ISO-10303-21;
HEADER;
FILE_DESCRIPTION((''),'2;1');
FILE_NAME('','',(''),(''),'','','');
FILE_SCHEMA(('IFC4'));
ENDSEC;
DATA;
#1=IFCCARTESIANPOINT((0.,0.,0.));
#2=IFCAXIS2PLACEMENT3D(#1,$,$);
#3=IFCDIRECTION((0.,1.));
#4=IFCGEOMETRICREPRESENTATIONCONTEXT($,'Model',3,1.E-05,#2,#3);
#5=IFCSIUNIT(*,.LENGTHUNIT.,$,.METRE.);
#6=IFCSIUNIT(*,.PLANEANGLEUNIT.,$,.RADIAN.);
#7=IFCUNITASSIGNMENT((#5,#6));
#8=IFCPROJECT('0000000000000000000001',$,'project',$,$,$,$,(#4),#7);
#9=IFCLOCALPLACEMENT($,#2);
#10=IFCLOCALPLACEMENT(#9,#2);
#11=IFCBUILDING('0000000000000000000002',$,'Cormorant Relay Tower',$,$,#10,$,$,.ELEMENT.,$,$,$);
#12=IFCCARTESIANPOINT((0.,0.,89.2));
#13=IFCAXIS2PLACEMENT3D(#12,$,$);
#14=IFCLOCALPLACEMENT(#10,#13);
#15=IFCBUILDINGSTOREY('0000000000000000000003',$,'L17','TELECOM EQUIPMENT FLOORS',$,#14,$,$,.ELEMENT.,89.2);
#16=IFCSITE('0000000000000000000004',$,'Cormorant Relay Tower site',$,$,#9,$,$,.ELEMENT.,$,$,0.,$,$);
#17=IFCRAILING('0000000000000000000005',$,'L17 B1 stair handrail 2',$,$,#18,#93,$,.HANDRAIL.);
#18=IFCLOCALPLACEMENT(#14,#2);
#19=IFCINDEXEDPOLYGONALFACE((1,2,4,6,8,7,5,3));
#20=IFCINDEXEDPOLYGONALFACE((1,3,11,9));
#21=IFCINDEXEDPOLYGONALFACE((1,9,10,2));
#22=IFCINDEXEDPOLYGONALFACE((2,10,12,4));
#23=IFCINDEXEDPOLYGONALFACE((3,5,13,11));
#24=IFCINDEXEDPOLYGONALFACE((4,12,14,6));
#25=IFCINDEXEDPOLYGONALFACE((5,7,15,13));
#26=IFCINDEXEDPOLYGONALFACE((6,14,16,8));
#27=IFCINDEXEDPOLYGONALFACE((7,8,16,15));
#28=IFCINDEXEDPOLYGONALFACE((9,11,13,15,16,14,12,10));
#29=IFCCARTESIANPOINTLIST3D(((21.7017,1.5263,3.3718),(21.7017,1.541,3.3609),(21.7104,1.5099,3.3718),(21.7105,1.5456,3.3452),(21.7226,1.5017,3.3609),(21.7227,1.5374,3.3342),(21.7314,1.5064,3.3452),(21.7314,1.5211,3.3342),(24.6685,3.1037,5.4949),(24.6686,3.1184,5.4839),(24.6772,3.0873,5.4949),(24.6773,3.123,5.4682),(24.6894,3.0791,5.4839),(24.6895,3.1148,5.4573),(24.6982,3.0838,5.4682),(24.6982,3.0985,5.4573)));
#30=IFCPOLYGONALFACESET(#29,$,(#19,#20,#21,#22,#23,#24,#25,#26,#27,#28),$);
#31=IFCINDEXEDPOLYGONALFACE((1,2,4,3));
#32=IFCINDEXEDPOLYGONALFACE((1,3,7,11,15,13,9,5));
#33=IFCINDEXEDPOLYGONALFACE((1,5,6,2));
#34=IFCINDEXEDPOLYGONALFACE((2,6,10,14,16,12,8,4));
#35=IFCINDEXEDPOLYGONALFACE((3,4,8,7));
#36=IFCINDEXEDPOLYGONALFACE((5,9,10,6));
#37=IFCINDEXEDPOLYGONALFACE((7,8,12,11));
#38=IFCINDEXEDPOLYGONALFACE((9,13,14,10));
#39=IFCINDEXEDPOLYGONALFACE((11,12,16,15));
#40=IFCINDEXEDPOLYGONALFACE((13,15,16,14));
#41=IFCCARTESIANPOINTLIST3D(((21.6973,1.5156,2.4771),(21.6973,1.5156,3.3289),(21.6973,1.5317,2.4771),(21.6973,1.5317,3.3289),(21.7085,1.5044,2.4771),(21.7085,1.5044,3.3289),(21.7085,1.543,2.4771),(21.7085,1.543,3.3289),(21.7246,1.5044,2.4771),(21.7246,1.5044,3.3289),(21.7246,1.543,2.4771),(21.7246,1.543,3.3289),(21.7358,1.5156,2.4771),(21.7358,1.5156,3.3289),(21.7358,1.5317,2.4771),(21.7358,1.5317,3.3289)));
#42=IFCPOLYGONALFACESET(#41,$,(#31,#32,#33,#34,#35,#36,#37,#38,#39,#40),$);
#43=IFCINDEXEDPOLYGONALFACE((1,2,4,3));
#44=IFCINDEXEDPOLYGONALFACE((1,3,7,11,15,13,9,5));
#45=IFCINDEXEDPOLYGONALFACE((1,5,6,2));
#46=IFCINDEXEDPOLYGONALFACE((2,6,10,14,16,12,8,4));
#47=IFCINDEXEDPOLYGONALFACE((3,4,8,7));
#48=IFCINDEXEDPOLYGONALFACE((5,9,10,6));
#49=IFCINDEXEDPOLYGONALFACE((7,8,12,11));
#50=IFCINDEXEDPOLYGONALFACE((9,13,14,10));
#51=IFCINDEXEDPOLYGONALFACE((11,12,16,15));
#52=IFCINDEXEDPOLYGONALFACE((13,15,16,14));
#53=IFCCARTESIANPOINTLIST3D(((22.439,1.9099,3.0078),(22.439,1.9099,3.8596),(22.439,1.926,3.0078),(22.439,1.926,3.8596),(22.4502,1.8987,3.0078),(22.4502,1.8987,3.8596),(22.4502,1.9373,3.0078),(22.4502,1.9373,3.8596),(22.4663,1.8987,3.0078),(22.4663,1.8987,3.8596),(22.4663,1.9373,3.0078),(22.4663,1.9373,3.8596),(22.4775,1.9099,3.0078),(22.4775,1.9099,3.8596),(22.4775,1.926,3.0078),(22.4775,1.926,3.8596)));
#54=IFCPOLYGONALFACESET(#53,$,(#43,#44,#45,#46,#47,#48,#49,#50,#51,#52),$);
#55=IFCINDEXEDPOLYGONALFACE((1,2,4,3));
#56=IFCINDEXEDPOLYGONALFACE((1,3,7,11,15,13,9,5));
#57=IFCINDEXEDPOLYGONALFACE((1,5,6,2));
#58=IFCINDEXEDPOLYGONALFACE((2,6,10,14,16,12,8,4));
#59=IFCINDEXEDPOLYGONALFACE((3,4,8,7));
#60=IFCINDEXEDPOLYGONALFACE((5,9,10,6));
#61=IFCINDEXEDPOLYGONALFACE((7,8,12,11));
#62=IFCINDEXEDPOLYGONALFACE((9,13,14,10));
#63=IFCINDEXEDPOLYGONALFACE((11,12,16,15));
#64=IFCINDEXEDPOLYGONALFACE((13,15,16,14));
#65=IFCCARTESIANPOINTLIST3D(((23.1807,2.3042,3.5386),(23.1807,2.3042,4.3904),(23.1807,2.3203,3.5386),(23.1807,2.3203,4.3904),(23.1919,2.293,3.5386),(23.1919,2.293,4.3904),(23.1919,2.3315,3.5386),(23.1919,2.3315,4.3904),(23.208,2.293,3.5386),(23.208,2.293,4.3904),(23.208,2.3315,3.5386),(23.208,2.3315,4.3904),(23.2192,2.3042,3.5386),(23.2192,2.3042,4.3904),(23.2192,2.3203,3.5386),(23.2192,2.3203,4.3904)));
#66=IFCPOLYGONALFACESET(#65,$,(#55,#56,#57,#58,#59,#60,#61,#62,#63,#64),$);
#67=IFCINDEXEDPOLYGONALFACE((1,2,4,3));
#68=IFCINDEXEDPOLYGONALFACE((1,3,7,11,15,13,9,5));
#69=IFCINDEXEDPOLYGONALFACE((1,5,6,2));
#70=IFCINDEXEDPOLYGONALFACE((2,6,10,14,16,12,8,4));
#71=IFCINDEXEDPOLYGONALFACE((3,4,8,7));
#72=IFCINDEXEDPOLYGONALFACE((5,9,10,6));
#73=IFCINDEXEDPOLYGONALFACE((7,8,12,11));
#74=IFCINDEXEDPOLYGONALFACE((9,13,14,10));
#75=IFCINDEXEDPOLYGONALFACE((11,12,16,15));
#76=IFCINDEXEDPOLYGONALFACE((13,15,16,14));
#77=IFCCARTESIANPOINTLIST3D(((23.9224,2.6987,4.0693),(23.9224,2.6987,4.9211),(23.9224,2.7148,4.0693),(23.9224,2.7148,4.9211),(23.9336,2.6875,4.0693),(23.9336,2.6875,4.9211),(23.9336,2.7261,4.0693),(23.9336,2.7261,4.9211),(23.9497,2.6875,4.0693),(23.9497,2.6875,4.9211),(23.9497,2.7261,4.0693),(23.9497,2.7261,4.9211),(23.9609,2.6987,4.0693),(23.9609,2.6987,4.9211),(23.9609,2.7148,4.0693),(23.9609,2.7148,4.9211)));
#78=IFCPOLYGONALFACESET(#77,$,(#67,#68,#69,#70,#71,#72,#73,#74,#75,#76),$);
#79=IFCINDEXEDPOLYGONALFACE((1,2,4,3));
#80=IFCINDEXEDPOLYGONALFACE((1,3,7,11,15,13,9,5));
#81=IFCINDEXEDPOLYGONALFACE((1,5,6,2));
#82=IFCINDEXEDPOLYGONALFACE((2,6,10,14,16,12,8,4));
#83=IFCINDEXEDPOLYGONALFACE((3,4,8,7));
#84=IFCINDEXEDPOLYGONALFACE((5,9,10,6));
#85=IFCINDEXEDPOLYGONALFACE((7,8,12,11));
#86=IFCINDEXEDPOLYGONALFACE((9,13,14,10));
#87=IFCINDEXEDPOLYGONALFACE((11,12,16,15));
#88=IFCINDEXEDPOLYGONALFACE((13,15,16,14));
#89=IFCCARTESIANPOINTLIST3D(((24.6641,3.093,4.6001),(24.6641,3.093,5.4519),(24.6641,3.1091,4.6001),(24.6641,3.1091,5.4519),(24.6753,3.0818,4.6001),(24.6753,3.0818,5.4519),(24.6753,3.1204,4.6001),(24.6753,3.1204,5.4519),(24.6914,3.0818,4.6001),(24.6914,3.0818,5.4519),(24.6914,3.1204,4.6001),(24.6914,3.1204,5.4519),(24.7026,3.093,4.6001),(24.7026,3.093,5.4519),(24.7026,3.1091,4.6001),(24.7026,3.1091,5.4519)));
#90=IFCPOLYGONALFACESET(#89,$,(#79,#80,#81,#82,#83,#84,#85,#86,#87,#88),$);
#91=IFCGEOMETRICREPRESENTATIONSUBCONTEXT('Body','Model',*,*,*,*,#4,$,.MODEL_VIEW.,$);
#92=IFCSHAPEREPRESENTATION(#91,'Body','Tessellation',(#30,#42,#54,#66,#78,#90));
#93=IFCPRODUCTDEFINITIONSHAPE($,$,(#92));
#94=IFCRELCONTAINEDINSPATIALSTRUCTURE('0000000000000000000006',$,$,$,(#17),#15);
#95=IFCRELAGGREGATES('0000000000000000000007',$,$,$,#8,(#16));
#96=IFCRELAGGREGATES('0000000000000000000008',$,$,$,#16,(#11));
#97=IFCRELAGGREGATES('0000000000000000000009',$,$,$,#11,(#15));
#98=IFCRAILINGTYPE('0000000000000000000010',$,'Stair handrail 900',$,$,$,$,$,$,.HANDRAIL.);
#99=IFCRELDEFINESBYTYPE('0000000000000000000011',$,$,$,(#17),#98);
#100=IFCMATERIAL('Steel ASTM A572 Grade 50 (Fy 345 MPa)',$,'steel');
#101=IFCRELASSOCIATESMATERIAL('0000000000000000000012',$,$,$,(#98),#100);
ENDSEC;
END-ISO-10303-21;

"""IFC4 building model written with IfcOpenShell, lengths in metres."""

from ifc_helpers import new_model, si_unit, direction, frame, origin, place, context, subcontext, project, spatial, polyline, outline, extrude, material, type_object, element, save


model = new_model("IFC4")

# Units and contexts
model_context = context("Model", 3, precision=1e-05, world=origin(), true_north=direction((0.0, 1.0)))
body_context = subcontext(model_context, "Body", "Model", "MODEL_VIEW")
ifc_project = project(units=[si_unit("LENGTHUNIT", "METRE"), si_unit("PLANEANGLEUNIT", "RADIAN")], contexts=[model_context])

# Site, building, storey
site_placement = place(None, origin())
site = spatial("IfcSite", under=ifc_project, at=site_placement, Name="Cormorant Relay Tower site", CompositionType="ELEMENT", RefElevation=0.0)
building_placement = place(site_placement, origin())
building = spatial("IfcBuilding", under=site, at=building_placement, Name="Cormorant Relay Tower", CompositionType="ELEMENT")
storey_placement = place(building_placement, frame((0.0, 0.0, 89.2)))
storey = spatial("IfcBuildingStorey", under=building, at=storey_placement, Name="L17", Description="TELECOM EQUIPMENT FLOORS", CompositionType="ELEMENT", Elevation=89.2)

# Railing
ifc_material_1 = material(Name="Steel ASTM A572 Grade 50 (Fy 345 MPa)", Category="steel")
railing_type_1 = type_object("IfcRailingType", Name="Stair handrail 900", PredefinedType="HANDRAIL", material=ifc_material_1)
railing_1_placement = place(storey_placement, frame((21.7166, 1.5237, 2.4771)))
element("IfcRailing", 1, at=railing_1_placement, inside=storey, type_object=railing_type_1, Name="L17 B1 stair handrail 2", PredefinedType="HANDRAIL", context=body_context, shape_type="SweptSolid", body=[
    extrude(outline(polyline([(0.0222, 0.0093), (0.0093, 0.0222), (-0.0093, 0.0222), (-0.0222, 0.0093), (-0.0222, -0.0093), (-0.0093, -0.0222), (0.0093, -0.0222), (0.0222, -0.0093), (0.0222, 0.0093)])), frame((0.0, 0.0, 0.876), z_axis=(0.746441, 0.396869, 0.534155), x_axis=(-0.469453, 0.882958, 0.0)), (0.0, 0.0, 1.0), 3.9746),
    extrude(outline(polyline([(0.0193, 0.0081), (0.0081, 0.0193), (-0.0081, 0.0193), (-0.0193, 0.0081), (-0.0193, -0.0081), (-0.0081, -0.0193), (0.0081, -0.0193), (0.0193, -0.0081), (0.0193, 0.0081)])), origin(), (0.0, 0.0, 1.0), 0.8518),
    extrude(outline(polyline([(0.0193, 0.0081), (0.0081, 0.0193), (-0.0081, 0.0193), (-0.0193, 0.0081), (-0.0193, -0.0081), (-0.0081, -0.0193), (0.0081, -0.0193), (0.0193, -0.0081), (0.0193, 0.0081)])), frame((0.7417, 0.3943, 0.5308)), (0.0, 0.0, 1.0), 0.8518),
    extrude(outline(polyline([(0.0193, 0.0081), (0.0081, 0.0193), (-0.0081, 0.0193), (-0.0193, 0.0081), (-0.0193, -0.0081), (-0.0081, -0.0193), (0.0081, -0.0193), (0.0193, -0.0081), (0.0193, 0.0081)])), frame((1.4834, 0.7886, 1.0615)), (0.0, 0.0, 1.0), 0.8518),
    extrude(outline(polyline([(0.0193, 0.0081), (0.0081, 0.0193), (-0.0081, 0.0193), (-0.0193, 0.0081), (-0.0193, -0.0081), (-0.0081, -0.0193), (0.0081, -0.0193), (0.0193, -0.0081), (0.0193, 0.0081)])), frame((2.2251, 1.1831, 1.5923)), (0.0, 0.0, 1.0), 0.8518),
    extrude(outline(polyline([(0.0193, 0.0081), (0.0081, 0.0193), (-0.0081, 0.0193), (-0.0193, 0.0081), (-0.0193, -0.0081), (-0.0081, -0.0193), (0.0081, -0.0193), (0.0193, -0.0081), (0.0193, 0.0081)])), frame((2.9668, 1.5774, 2.123)), (0.0, 0.0, 1.0), 0.8518),
])

save(model, "model.ifc")
